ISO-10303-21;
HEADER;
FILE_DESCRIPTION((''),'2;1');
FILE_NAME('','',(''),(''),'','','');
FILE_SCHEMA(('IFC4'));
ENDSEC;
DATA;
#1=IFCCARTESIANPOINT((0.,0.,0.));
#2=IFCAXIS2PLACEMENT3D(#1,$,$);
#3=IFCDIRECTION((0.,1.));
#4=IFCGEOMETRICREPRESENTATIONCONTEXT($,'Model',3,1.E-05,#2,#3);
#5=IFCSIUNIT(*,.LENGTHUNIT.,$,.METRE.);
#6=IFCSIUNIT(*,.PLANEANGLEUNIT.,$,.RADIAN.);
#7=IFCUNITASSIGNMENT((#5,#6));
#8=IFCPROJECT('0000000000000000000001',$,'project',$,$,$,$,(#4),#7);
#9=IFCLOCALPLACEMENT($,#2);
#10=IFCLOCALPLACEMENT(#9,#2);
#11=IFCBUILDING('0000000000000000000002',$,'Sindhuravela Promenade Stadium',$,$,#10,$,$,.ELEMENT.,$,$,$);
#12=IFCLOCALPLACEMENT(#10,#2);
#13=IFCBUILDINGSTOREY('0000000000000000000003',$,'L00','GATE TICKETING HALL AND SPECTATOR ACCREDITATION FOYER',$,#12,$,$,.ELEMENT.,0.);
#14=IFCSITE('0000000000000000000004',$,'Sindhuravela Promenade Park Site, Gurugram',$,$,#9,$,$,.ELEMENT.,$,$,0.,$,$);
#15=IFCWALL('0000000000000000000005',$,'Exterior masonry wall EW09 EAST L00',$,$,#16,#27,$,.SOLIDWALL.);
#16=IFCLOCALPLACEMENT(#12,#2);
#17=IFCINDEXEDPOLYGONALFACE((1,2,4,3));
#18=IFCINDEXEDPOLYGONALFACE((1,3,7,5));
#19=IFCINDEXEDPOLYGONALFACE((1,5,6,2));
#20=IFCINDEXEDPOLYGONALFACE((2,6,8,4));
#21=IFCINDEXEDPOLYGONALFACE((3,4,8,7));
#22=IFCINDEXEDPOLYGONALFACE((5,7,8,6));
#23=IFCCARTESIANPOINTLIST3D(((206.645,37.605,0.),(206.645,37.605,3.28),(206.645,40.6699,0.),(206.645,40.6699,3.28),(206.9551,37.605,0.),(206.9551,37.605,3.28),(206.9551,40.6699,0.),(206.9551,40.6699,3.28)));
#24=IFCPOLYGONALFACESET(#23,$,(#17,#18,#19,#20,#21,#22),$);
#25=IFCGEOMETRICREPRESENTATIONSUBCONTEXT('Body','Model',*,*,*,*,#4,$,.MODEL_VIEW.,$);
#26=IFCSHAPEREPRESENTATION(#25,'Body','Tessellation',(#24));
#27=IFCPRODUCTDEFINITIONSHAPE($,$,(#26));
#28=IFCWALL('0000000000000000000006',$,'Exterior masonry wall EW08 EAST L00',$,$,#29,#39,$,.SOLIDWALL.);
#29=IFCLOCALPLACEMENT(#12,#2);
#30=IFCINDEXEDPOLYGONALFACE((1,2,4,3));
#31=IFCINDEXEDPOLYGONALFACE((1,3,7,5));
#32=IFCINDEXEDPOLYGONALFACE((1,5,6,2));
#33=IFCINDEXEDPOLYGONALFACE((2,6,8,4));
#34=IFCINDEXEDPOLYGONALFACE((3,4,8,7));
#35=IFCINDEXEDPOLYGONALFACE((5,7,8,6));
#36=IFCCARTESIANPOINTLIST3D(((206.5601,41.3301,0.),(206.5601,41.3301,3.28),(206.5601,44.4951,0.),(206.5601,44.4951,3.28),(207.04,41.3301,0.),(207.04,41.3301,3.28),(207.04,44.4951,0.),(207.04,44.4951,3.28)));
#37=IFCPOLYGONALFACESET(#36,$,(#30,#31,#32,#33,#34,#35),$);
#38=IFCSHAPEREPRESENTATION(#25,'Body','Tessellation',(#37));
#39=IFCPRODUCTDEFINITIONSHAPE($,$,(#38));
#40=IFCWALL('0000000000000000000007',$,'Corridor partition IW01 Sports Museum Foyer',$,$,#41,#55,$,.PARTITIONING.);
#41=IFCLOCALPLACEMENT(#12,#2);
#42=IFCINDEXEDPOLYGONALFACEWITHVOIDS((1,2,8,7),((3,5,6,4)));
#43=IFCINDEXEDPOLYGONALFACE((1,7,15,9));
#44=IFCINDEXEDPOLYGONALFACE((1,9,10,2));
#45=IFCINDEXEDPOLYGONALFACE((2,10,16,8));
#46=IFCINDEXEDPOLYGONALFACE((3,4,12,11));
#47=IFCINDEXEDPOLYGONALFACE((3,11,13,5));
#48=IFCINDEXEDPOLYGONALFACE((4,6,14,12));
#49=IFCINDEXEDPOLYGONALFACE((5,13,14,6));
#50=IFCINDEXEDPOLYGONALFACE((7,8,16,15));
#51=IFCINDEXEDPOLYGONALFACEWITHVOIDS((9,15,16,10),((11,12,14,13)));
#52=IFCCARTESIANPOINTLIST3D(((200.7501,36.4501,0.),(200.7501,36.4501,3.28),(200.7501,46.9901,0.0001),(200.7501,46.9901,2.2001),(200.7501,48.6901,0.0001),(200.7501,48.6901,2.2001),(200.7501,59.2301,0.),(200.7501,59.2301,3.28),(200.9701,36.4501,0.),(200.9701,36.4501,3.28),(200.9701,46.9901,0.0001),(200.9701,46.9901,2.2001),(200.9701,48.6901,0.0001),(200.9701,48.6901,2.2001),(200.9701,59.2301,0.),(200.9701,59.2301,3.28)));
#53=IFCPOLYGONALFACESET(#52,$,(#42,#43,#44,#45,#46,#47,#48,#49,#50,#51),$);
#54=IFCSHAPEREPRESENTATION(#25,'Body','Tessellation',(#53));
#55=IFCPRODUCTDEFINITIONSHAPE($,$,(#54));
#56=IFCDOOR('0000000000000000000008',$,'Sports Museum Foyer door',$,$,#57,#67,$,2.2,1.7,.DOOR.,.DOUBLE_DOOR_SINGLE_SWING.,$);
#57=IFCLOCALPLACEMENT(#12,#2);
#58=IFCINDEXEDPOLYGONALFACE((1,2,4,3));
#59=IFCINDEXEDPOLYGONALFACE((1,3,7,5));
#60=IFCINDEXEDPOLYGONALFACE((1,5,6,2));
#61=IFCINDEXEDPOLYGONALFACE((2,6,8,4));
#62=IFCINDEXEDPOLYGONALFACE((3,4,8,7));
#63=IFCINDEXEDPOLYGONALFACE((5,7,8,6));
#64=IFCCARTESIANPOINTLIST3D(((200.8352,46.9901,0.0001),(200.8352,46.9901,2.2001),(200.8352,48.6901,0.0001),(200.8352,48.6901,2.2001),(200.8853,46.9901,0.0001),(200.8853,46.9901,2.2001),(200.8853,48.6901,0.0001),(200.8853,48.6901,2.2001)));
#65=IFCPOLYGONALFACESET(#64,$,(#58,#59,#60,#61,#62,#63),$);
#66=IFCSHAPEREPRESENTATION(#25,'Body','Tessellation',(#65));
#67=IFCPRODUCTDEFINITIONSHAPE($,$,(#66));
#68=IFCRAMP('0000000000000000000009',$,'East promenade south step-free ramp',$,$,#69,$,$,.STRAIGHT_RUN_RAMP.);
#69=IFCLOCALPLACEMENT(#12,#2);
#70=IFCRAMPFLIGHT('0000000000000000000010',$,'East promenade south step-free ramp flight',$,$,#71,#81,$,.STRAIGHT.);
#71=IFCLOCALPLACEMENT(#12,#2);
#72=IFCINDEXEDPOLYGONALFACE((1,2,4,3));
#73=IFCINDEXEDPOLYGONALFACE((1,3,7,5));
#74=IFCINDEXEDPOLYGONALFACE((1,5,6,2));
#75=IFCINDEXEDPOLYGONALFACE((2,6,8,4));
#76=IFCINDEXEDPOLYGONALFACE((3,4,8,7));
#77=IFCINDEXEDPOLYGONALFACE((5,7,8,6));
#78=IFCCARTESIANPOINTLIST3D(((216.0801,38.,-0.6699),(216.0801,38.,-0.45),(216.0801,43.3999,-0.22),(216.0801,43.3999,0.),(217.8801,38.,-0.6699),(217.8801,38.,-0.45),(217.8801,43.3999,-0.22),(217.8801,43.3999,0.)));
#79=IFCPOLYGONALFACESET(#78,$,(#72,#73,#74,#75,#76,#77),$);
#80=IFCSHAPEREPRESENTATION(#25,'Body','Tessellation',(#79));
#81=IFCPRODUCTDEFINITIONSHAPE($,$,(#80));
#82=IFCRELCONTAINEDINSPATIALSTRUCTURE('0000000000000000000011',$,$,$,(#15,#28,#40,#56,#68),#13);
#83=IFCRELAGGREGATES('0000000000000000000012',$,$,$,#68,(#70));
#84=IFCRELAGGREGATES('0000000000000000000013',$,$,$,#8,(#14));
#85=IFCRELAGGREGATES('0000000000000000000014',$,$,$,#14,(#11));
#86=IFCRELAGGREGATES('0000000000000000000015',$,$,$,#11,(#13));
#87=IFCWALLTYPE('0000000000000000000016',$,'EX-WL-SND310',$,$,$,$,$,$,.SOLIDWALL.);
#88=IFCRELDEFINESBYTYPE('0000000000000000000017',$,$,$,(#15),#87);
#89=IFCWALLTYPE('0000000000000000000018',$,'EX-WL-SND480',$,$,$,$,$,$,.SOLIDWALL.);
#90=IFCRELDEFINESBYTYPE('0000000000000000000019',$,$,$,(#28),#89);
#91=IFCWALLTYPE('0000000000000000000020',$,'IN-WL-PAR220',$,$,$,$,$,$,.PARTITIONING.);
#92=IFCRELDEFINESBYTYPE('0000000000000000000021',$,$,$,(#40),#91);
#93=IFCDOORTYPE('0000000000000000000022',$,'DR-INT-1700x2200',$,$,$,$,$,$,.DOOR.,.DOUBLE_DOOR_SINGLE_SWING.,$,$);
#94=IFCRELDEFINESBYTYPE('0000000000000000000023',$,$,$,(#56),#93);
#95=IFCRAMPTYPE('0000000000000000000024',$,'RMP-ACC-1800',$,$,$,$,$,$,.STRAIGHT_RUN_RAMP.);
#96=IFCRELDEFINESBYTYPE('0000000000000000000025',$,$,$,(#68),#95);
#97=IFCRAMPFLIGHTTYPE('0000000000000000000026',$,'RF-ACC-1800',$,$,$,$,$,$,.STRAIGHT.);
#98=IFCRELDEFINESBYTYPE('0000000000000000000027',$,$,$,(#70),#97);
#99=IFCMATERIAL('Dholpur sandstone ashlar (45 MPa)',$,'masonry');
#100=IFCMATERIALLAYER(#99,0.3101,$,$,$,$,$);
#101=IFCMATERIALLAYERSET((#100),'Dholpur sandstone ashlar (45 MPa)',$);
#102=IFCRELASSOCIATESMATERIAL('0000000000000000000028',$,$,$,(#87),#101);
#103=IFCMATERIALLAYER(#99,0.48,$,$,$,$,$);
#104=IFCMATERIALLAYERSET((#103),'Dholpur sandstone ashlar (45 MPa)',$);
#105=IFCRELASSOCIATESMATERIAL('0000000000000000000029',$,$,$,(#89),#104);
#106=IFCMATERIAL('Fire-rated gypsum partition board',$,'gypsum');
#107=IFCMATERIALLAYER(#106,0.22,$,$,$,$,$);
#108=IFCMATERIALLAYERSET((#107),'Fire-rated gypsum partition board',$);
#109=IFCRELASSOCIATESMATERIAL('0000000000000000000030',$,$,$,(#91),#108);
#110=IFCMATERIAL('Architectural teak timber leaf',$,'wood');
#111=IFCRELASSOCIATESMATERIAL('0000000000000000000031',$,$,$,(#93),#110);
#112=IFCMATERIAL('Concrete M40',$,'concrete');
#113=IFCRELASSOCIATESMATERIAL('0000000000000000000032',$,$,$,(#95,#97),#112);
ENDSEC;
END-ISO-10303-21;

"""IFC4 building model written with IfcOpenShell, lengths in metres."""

from ifc_helpers import new_model, si_unit, direction, frame, frame_2d, origin, place, context, subcontext, project, spatial, polyline, rectangle, outline, extrude, material, layer, layer_set, type_object, element, fill, aggregate, save


model = new_model("IFC4")

# Units and contexts
model_context = context("Model", 3, precision=1e-05, world=origin(), true_north=direction((0.0, 1.0)))
body_context = subcontext(model_context, "Body", "Model", "MODEL_VIEW")
ifc_project = project(units=[si_unit("LENGTHUNIT", "METRE"), si_unit("PLANEANGLEUNIT", "RADIAN")], contexts=[model_context])

# Site, building, storey
site_placement = place(None, origin())
site = spatial("IfcSite", under=ifc_project, at=site_placement, Name="Sindhuravela Promenade Park Site, Gurugram", CompositionType="ELEMENT", RefElevation=0.0)
building_placement = place(site_placement, origin())
building = spatial("IfcBuilding", under=site, at=building_placement, Name="Sindhuravela Promenade Stadium", CompositionType="ELEMENT")
storey_placement = place(building_placement, origin())
storey = spatial("IfcBuildingStorey", under=building, at=storey_placement, Name="L00", Description="GATE TICKETING HALL AND SPECTATOR ACCREDITATION FOYER", CompositionType="ELEMENT", Elevation=0.0)

# Shared definitions
ifc_material_1 = material(Name="Concrete M40", Category="concrete")

# Walls
ifc_material_2 = material(Name="Dholpur sandstone ashlar (45 MPa)", Category="masonry")
ifc_layer_1 = layer(ifc_material_2, 0.3101)
ifc_layer_set_1 = layer_set([ifc_layer_1], Name="Dholpur sandstone ashlar (45 MPa)")
wall_type_1 = type_object("IfcWallType", Name="EX-WL-SND310", PredefinedType="SOLIDWALL", material=ifc_layer_set_1)
wall_1_placement = place(storey_placement, frame((206.8, 40.6699, 0.0), z_axis=(0.0, 0.0, 1.0), x_axis=(0.0, -1.0, 0.0)))
element("IfcWall", 1, at=wall_1_placement, inside=storey, type_object=wall_type_1, Name="Exterior masonry wall EW09 EAST L00", PredefinedType="SOLIDWALL", context=body_context, shape_type="SweptSolid", body=[
    extrude(rectangle(XDim=3.0649, YDim=0.3101, at=frame_2d((1.5325, 0.0))), origin(), (0.0, 0.0, 1.0), 3.28),
])
ifc_layer_2 = layer(ifc_material_2, 0.48)
ifc_layer_set_2 = layer_set([ifc_layer_2], Name="Dholpur sandstone ashlar (45 MPa)")
wall_type_2 = type_object("IfcWallType", Name="EX-WL-SND480", PredefinedType="SOLIDWALL", material=ifc_layer_set_2)
wall_2_placement = place(storey_placement, frame((206.8, 44.4951, 0.0), z_axis=(0.0, 0.0, 1.0), x_axis=(0.0, -1.0, 0.0)))
element("IfcWall", 2, at=wall_2_placement, inside=storey, type_object=wall_type_2, Name="Exterior masonry wall EW08 EAST L00", PredefinedType="SOLIDWALL", context=body_context, shape_type="SweptSolid", body=[
    extrude(rectangle(XDim=3.165, YDim=0.48, at=frame_2d((1.5825, 0.0))), origin(), (0.0, 0.0, 1.0), 3.28),
])

# Wall, opening, door
ifc_material_3 = material(Name="Fire-rated gypsum partition board", Category="gypsum")
ifc_layer_3 = layer(ifc_material_3, 0.22)
ifc_layer_set_3 = layer_set([ifc_layer_3], Name="Fire-rated gypsum partition board")
wall_type_3 = type_object("IfcWallType", Name="IN-WL-PAR220", PredefinedType="PARTITIONING", material=ifc_layer_set_3)
wall_3_placement = place(storey_placement, frame((200.8601, 36.45, 0.0), z_axis=(0.0, 0.0, 1.0), x_axis=(0.0, 1.0, 0.0)))
wall_3 = element("IfcWall", 3, at=wall_3_placement, inside=storey, type_object=wall_type_3, Name="Corridor partition IW01 Sports Museum Foyer", PredefinedType="PARTITIONING", context=body_context, shape_type="SweptSolid", body=[
    extrude(rectangle(XDim=22.78, YDim=0.22, at=frame_2d((11.3901, 0.0))), origin(), (0.0, 0.0, 1.0), 3.28),
])
opening_placement = place(wall_3_placement, frame((10.54, 0.0, 0.0)))
opening = element("IfcOpeningElement", 4, at=opening_placement, cuts=wall_3, PredefinedType="OPENING", context=body_context, shape_type="SweptSolid", body=[
    extrude(rectangle(XDim=1.7, YDim=2.2, at=frame_2d((0.8501, 1.1001))), frame((0.0, 0.1199, 0.0), z_axis=(0.0, -1.0, 0.0), x_axis=(1.0, 0.0, 0.0)), (0.0, 0.0, 1.0), 0.24),
])
ifc_material_4 = material(Name="Architectural teak timber leaf", Category="wood")
door_type = type_object("IfcDoorType", Name="DR-INT-1700x2200", OperationType="DOUBLE_DOOR_SINGLE_SWING", PredefinedType="DOOR", material=ifc_material_4)
door_placement = place(opening_placement, origin())
door = element("IfcDoor", 5, at=door_placement, inside=storey, type_object=door_type, Name="Sports Museum Foyer door", OperationType="DOUBLE_DOOR_SINGLE_SWING", OverallHeight=2.2, OverallWidth=1.7, PredefinedType="DOOR", context=body_context, shape_type="SweptSolid", body=[
    extrude(rectangle(XDim=1.7, YDim=2.2, at=frame_2d((0.8501, 1.1001))), frame((0.0, 0.0249, 0.0), z_axis=(0.0, -1.0, 0.0), x_axis=(1.0, 0.0, 0.0)), (0.0, 0.0, 1.0), 0.05),
])
fill(opening, door)

# Ramp, ramp flight
ramp_type = type_object("IfcRampType", Name="RMP-ACC-1800", PredefinedType="STRAIGHT_RUN_RAMP", material=ifc_material_1)
ramp_placement = place(storey_placement, origin())
ramp = element("IfcRamp", 6, at=ramp_placement, inside=storey, type_object=ramp_type, Name="East promenade south step-free ramp", PredefinedType="STRAIGHT_RUN_RAMP")
ramp_flight_type = type_object("IfcRampFlightType", Name="RF-ACC-1800", PredefinedType="STRAIGHT", material=ifc_material_1)
ramp_flight_placement = place(storey_placement, frame((216.98, 38.0, -0.45), z_axis=(0.0, 0.0, 1.0), x_axis=(0.0, 1.0, 0.0)))
ramp_flight = element("IfcRampFlight", 7, at=ramp_flight_placement, type_object=ramp_flight_type, Name="East promenade south step-free ramp flight", PredefinedType="STRAIGHT", context=body_context, shape_type="SweptSolid", body=[
    extrude(outline(polyline([(0.0, 0.0), (0.0, -0.22), (5.3999, 0.23), (5.3999, 0.45), (0.0, 0.0)])), frame((0.0, 0.8999, 0.0), z_axis=(0.0, -1.0, 0.0), x_axis=(1.0, 0.0, 0.0)), (0.0, 0.0, 1.0), 1.8),
])
aggregate(ramp, [ramp_flight])

save(model, "model.ifc")
